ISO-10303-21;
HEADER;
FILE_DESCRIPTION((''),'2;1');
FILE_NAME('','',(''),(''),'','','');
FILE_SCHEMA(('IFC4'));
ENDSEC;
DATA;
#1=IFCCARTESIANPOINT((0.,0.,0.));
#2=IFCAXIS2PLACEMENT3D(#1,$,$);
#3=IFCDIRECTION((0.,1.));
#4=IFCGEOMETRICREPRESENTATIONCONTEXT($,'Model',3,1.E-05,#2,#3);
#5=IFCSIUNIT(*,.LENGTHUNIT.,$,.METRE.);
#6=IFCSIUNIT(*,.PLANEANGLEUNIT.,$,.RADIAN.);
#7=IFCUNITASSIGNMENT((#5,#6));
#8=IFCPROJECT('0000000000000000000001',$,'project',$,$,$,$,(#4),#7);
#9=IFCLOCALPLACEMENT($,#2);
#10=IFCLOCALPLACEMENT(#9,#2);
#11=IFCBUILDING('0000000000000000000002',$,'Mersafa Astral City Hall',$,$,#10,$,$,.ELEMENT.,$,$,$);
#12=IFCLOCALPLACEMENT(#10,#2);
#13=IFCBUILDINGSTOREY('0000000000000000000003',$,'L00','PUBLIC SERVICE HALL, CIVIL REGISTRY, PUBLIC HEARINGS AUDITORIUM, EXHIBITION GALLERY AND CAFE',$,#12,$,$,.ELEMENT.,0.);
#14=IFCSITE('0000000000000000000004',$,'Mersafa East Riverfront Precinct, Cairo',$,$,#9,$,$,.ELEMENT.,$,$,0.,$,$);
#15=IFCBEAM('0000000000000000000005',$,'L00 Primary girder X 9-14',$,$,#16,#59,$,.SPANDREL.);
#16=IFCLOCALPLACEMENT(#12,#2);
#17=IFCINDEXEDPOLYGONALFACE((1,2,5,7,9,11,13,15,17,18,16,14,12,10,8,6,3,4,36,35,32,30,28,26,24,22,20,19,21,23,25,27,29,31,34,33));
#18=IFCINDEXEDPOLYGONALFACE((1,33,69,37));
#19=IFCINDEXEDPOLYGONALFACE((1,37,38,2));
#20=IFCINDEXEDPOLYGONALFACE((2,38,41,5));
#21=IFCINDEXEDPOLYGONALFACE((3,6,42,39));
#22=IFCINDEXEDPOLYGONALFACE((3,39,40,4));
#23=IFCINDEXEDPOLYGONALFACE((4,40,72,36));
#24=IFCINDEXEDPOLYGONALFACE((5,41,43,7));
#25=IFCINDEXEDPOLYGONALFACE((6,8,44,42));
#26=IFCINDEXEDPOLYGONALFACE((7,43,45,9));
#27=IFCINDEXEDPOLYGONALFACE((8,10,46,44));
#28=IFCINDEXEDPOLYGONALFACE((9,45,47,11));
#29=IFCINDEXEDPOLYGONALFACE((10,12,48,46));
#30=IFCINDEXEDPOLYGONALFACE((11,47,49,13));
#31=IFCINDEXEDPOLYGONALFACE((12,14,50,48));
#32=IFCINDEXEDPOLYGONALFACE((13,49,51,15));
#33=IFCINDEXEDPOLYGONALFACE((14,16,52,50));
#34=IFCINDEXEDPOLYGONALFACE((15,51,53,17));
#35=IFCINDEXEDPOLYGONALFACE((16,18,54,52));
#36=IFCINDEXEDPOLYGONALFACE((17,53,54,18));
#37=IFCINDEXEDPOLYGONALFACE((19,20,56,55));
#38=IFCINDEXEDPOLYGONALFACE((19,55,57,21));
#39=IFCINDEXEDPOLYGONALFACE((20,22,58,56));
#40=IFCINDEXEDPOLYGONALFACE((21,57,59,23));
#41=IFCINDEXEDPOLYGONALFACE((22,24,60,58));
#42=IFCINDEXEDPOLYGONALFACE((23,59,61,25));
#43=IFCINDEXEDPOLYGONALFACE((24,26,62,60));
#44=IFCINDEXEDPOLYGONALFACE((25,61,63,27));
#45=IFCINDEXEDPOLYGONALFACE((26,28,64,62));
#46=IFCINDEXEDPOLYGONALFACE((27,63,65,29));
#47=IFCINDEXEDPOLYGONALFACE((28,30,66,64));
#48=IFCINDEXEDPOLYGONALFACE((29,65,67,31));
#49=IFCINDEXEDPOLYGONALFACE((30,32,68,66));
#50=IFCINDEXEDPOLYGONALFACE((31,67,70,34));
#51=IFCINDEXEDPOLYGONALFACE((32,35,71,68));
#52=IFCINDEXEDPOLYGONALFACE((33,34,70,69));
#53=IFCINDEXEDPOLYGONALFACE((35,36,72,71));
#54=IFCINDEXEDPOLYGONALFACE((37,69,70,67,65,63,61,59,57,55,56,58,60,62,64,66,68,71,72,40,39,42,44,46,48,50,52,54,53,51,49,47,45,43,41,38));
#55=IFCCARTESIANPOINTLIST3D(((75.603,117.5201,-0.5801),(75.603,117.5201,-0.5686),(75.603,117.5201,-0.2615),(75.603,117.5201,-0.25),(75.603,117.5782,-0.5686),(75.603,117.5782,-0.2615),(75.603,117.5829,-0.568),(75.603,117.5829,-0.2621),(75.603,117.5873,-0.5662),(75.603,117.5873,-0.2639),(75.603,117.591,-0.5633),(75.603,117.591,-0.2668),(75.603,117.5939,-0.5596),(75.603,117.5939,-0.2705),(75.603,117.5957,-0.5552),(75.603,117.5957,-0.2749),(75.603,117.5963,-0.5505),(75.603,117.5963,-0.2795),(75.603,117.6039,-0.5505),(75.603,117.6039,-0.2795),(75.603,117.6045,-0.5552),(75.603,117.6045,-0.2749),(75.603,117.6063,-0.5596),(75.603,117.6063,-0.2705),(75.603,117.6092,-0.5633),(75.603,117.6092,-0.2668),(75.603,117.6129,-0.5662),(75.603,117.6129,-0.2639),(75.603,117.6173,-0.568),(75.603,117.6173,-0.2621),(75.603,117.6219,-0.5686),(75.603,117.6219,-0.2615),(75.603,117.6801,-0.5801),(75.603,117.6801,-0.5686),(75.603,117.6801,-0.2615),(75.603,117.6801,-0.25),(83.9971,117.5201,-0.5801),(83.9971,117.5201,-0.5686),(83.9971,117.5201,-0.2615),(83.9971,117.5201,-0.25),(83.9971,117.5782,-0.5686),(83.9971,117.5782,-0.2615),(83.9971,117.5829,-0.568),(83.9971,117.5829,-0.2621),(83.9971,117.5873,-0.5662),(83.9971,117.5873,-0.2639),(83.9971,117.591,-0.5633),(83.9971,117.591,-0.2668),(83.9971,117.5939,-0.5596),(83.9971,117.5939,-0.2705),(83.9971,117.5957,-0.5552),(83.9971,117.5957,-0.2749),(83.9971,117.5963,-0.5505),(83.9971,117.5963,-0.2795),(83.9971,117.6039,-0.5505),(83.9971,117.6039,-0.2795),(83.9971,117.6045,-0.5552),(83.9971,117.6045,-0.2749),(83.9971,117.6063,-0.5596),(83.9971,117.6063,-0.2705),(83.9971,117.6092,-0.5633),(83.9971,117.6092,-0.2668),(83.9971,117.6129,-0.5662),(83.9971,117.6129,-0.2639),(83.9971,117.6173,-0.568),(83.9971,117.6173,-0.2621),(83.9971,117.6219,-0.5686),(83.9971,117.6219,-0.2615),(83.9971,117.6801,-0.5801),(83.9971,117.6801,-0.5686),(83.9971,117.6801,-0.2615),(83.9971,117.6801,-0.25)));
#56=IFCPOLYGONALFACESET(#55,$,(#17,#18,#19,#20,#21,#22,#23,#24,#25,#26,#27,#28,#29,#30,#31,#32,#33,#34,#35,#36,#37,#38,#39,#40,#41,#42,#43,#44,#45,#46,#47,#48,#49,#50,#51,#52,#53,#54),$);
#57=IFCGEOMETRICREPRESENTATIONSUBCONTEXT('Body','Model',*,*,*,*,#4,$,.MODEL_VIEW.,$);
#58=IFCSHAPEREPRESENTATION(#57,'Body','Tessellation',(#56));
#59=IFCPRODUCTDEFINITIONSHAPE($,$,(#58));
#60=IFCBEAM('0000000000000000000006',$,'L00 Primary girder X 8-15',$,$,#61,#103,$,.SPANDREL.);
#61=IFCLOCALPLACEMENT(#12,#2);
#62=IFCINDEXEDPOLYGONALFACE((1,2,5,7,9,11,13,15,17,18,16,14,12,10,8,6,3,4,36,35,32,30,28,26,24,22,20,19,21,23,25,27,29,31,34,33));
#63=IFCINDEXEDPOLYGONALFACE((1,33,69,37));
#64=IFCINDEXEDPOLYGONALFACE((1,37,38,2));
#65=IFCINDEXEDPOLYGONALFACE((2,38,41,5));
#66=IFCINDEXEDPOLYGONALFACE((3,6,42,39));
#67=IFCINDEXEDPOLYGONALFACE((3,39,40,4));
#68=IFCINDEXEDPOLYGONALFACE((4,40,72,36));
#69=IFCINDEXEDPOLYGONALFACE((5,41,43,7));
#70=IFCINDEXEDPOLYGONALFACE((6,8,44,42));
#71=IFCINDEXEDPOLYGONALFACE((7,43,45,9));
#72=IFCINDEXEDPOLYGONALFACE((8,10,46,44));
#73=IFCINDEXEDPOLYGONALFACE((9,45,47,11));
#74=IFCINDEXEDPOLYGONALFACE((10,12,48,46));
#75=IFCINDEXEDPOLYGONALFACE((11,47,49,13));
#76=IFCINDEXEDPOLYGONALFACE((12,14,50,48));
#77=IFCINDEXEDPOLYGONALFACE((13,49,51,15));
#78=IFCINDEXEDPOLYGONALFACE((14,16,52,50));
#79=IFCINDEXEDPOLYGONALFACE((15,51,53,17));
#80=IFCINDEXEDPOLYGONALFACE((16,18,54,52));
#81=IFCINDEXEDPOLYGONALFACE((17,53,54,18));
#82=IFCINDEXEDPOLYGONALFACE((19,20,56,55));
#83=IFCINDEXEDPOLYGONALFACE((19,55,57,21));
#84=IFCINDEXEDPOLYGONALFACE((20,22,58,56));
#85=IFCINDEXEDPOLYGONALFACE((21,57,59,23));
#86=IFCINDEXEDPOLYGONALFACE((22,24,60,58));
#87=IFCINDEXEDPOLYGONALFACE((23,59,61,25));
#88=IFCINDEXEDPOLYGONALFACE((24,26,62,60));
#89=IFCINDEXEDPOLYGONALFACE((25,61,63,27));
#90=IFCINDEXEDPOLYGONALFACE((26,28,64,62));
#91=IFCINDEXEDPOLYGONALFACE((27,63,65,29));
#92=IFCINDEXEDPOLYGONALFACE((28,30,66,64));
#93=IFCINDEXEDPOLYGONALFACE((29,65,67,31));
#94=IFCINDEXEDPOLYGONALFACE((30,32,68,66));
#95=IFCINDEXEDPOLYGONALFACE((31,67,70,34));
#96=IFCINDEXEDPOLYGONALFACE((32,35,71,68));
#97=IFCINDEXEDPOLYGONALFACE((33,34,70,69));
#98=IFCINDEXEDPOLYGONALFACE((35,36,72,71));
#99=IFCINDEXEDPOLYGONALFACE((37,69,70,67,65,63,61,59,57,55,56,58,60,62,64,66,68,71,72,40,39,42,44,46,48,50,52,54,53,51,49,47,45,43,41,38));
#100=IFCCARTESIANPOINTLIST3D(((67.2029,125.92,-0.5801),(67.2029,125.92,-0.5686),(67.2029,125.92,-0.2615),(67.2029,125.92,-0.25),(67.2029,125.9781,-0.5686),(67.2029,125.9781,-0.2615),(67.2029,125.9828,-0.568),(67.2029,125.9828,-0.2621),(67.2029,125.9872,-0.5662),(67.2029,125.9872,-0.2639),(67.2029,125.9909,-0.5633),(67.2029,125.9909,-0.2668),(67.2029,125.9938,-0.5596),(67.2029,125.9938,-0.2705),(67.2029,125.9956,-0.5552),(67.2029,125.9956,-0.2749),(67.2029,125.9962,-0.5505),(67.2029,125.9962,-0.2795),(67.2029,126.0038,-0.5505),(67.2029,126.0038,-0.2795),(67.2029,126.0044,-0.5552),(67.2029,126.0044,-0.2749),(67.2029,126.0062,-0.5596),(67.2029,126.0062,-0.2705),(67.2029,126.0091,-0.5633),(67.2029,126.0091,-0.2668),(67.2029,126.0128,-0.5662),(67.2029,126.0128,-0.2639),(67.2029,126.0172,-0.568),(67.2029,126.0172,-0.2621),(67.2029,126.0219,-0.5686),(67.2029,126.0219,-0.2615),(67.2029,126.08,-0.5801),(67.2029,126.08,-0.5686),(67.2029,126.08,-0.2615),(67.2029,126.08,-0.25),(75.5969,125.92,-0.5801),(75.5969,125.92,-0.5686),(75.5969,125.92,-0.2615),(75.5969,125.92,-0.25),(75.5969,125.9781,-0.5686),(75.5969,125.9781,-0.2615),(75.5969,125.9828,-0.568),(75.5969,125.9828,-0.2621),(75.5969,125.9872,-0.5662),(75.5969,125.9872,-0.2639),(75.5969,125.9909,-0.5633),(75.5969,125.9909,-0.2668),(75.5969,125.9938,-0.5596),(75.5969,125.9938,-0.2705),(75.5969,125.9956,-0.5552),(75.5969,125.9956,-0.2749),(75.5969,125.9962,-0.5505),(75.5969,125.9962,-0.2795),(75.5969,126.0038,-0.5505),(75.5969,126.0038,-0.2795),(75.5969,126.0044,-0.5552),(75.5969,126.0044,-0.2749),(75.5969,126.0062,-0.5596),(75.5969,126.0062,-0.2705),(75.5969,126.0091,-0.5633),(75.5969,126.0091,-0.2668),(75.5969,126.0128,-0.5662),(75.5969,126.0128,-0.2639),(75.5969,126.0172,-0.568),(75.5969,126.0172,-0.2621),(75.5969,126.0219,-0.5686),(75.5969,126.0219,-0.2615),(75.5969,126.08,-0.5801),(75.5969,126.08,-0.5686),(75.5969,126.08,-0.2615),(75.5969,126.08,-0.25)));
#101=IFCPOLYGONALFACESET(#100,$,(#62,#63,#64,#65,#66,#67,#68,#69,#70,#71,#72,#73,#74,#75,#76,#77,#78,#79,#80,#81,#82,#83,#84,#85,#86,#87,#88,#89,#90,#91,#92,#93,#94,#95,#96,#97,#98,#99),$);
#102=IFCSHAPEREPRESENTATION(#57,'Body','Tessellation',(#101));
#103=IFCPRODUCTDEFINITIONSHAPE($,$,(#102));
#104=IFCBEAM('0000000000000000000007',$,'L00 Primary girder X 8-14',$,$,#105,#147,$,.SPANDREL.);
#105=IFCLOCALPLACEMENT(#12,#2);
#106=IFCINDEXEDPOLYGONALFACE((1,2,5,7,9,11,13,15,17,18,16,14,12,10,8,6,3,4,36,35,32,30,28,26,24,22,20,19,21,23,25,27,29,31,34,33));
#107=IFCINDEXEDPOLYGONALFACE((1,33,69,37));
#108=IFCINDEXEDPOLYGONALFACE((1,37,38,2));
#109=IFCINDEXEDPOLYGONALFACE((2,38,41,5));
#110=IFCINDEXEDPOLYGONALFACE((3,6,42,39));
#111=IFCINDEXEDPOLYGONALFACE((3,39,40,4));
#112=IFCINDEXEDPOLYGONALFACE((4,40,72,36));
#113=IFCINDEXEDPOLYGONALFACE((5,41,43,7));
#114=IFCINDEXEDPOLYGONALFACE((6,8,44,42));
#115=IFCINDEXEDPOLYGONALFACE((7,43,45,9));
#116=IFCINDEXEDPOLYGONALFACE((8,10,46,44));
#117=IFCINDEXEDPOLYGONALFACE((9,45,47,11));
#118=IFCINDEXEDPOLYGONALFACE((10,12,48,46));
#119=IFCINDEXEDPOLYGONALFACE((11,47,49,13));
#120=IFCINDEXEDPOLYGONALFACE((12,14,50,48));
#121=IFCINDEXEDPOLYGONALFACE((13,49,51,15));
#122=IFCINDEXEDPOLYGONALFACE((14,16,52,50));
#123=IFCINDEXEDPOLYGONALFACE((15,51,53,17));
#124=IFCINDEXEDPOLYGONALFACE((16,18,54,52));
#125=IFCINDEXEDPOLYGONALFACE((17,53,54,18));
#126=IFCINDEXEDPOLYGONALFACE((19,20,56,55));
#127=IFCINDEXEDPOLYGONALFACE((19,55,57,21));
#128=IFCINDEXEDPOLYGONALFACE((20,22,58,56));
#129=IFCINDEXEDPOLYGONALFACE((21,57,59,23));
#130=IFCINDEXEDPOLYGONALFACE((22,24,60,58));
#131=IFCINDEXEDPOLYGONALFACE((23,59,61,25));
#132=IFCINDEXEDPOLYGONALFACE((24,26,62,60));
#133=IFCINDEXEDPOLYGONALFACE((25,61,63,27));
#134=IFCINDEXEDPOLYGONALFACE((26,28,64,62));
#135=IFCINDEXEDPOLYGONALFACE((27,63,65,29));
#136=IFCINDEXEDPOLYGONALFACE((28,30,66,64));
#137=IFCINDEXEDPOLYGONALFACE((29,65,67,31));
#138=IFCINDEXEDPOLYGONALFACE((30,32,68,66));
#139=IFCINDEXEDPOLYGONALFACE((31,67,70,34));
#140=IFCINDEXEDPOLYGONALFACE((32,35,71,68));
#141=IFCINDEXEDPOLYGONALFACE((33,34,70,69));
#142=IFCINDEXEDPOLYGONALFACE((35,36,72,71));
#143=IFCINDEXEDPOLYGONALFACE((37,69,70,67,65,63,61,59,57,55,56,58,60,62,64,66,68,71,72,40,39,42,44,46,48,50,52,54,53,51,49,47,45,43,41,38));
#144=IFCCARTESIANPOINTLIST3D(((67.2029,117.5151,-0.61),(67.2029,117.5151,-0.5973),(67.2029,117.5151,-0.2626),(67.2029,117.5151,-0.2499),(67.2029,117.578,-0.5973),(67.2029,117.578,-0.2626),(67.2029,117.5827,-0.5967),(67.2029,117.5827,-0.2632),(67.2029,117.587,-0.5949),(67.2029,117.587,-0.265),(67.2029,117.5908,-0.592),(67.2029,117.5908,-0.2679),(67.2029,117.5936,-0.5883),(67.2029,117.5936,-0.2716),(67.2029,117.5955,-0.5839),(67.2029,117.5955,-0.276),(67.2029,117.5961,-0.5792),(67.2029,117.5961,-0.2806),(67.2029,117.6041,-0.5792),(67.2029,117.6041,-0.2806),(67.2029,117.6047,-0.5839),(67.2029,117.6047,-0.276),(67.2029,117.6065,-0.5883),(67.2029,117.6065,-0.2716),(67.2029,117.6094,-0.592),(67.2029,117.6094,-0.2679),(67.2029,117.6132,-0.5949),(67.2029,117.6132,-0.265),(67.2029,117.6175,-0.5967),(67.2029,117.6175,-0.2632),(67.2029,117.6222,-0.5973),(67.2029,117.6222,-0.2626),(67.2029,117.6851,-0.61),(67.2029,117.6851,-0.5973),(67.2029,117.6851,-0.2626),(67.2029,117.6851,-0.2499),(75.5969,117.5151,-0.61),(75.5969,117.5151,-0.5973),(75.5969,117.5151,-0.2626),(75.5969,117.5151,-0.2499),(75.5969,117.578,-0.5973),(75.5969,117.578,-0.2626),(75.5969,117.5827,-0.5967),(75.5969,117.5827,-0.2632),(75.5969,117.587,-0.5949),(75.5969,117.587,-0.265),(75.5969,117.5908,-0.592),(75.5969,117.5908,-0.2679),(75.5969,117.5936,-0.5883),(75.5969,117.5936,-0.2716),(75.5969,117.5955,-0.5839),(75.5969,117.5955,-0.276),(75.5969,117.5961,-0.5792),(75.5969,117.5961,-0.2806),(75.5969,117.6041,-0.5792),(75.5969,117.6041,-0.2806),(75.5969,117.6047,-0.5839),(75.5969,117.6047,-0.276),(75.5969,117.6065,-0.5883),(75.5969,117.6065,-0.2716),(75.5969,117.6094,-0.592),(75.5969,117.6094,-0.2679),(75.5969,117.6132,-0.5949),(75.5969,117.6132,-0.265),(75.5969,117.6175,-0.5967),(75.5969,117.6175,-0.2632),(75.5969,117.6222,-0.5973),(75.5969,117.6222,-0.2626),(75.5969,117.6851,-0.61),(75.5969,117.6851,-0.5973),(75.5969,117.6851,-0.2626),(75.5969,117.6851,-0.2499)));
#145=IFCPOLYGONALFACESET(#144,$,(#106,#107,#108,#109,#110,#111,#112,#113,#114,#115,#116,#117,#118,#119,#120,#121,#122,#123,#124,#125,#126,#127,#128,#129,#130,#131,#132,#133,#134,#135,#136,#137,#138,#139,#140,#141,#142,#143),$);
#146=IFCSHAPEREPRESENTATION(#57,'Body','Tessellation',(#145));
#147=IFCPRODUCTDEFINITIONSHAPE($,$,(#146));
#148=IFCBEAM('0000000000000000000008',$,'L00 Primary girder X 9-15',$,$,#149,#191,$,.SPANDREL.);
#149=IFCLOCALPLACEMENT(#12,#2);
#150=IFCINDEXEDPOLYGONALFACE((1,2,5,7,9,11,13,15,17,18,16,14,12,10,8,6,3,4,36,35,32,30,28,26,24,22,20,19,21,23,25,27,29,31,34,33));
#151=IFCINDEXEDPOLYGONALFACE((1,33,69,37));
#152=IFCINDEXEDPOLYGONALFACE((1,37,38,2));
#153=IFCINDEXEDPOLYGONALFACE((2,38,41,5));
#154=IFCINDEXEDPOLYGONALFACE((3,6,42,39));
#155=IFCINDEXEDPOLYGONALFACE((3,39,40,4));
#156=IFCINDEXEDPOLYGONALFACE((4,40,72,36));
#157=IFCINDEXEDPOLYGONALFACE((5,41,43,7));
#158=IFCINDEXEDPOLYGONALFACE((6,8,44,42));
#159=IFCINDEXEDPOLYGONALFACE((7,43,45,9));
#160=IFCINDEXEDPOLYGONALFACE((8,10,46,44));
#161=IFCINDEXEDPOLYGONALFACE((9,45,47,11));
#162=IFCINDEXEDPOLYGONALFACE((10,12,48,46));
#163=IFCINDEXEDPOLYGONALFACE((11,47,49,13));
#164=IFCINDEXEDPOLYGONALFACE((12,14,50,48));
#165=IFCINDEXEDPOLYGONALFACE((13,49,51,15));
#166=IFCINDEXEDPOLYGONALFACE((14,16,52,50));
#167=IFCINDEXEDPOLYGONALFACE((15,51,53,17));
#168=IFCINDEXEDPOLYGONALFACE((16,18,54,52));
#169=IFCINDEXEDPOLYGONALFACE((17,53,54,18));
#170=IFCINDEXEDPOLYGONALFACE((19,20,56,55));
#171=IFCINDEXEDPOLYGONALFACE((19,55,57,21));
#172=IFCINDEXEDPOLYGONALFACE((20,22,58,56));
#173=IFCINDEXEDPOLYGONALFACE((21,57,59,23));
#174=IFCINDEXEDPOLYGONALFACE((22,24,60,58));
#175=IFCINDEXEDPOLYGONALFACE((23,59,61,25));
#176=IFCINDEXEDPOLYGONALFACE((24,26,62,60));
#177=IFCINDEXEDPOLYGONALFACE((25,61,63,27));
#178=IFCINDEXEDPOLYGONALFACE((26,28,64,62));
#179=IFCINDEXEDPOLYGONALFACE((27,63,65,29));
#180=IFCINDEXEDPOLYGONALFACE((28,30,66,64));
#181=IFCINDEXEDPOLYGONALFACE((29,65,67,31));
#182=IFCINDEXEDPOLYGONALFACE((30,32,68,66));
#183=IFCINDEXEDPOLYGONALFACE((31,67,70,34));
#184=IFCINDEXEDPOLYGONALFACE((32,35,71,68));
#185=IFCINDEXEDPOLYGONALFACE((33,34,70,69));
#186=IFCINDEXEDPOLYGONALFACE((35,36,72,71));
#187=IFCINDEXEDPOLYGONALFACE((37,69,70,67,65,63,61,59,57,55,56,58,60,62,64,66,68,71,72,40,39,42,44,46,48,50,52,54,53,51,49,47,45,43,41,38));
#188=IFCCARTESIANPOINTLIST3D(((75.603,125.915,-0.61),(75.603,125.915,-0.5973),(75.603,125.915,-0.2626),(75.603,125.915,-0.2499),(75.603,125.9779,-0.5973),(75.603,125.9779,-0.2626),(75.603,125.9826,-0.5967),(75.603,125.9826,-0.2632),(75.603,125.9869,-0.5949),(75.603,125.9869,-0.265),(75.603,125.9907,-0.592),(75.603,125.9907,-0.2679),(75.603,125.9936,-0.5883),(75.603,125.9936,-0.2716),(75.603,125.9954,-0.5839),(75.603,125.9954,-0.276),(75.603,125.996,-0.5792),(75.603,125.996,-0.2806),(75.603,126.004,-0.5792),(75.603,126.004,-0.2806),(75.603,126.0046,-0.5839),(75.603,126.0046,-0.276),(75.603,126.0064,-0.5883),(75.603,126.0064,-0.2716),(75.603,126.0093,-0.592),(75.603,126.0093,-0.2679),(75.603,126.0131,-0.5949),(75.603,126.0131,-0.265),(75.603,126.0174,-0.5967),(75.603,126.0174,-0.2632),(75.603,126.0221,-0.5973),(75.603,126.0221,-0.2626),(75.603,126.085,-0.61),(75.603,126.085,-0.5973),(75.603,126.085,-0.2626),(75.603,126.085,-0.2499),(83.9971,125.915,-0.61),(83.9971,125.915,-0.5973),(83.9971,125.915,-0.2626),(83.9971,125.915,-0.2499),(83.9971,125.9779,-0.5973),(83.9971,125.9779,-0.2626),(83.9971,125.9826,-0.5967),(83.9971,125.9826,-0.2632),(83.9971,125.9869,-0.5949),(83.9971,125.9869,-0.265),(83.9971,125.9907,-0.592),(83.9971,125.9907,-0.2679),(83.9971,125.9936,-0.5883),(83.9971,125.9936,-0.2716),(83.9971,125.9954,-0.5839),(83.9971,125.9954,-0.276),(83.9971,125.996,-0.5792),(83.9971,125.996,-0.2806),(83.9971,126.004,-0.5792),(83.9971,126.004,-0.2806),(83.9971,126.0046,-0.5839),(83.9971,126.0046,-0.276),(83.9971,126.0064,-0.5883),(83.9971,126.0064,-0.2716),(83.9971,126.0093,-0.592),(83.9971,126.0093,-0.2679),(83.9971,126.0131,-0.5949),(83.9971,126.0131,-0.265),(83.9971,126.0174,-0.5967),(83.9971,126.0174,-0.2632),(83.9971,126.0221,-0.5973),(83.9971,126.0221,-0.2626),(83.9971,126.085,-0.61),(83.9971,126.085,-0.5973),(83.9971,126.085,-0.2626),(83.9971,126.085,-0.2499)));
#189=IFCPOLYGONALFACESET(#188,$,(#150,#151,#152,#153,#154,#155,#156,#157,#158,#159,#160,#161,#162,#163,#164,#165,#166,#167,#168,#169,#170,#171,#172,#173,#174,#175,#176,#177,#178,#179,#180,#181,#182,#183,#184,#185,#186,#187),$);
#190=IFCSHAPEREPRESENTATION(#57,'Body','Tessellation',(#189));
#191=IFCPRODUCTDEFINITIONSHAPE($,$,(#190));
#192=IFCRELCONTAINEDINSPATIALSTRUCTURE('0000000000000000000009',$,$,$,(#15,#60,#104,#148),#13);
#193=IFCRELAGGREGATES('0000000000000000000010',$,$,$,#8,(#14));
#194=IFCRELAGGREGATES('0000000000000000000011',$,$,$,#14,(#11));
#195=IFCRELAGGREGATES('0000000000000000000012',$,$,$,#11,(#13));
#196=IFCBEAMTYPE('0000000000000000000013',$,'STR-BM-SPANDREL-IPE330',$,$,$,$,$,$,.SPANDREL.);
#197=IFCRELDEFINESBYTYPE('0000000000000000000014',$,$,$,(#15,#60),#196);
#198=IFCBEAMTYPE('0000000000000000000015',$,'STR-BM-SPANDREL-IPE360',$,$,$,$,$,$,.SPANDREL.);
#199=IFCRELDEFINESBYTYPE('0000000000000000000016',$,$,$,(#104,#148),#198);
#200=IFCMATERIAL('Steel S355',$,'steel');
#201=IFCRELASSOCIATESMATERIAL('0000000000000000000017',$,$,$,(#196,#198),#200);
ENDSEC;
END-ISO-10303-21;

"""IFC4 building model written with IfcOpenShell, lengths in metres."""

from ifc_helpers import new_model, si_unit, direction, frame, origin, origin_2d, place, context, subcontext, project, spatial, i_section, extrude, material, material_profile, profile_set, type_object, element, save


model = new_model("IFC4")

# Units and contexts
model_context = context("Model", 3, precision=1e-05, world=origin(), true_north=direction((0.0, 1.0)))
body_context = subcontext(model_context, "Body", "Model", "MODEL_VIEW")
ifc_project = project(units=[si_unit("LENGTHUNIT", "METRE"), si_unit("PLANEANGLEUNIT", "RADIAN")], contexts=[model_context])

# Site, building, storey
site_placement = place(None, origin())
site = spatial("IfcSite", under=ifc_project, at=site_placement, Name="Mersafa East Riverfront Precinct, Cairo", CompositionType="ELEMENT", RefElevation=0.0)
building_placement = place(site_placement, origin())
building = spatial("IfcBuilding", under=site, at=building_placement, Name="Mersafa Astral City Hall", CompositionType="ELEMENT")
storey_placement = place(building_placement, origin())
storey = spatial("IfcBuildingStorey", under=building, at=storey_placement, Name="L00", Description="PUBLIC SERVICE HALL, CIVIL REGISTRY, PUBLIC HEARINGS AUDITORIUM, EXHIBITION GALLERY AND CAFE", CompositionType="ELEMENT", Elevation=0.0)

# Shared definitions
ifc_material_1 = material(Name="Steel S355", Category="steel")

# Beams
ifc_material_profile_1 = material_profile(ifc_material_1, i_section(OverallWidth=0.1599, OverallDepth=0.3301, WebThickness=0.0076, FlangeThickness=0.0115, FilletRadius=0.0181, at=origin_2d()), Name="IPE 330")
ifc_profile_set_1 = profile_set([ifc_material_profile_1], Name="Steel S355")
beam_type_1 = type_object("IfcBeamType", Name="STR-BM-SPANDREL-IPE330", PredefinedType="SPANDREL", material=ifc_profile_set_1)
for number, where, z_axis, x_axis, name in (
    (1, (75.603, 117.6001, -0.415), (1.0, 0.0, 0.0), (0.0, 1.0, 0.0), "L00 Primary girder X 9-14"),
    (2, (67.2029, 126.0, -0.415), (1.0, 0.0, 0.0), (0.0, 1.0, 0.0), "L00 Primary girder X 8-15"),
):
    element("IfcBeam", number, at=place(storey_placement, frame(where, z_axis=z_axis, x_axis=x_axis)), inside=storey, type_object=beam_type_1, Name=name, PredefinedType="SPANDREL", context=body_context, shape_type="SweptSolid", body=[
        extrude(i_section(OverallWidth=0.1599, OverallDepth=0.3301, WebThickness=0.0076, FlangeThickness=0.0115, FilletRadius=0.0181, at=origin_2d()), origin(), (0.0, 0.0, 1.0), 8.394),
    ])
ifc_material_profile_2 = material_profile(ifc_material_1, i_section(OverallWidth=0.1699, OverallDepth=0.3601, WebThickness=0.0081, FlangeThickness=0.0127, FilletRadius=0.0181, at=origin_2d()), Name="IPE 360")
ifc_profile_set_2 = profile_set([ifc_material_profile_2], Name="Steel S355")
beam_type_2 = type_object("IfcBeamType", Name="STR-BM-SPANDREL-IPE360", PredefinedType="SPANDREL", material=ifc_profile_set_2)
for number, where, z_axis, x_axis, name in (
    (3, (67.2029, 117.6001, -0.4299), (1.0, 0.0, 0.0), (0.0, 1.0, 0.0), "L00 Primary girder X 8-14"),
    (4, (75.603, 126.0, -0.4299), (1.0, 0.0, 0.0), (0.0, 1.0, 0.0), "L00 Primary girder X 9-15"),
):
    element("IfcBeam", number, at=place(storey_placement, frame(where, z_axis=z_axis, x_axis=x_axis)), inside=storey, type_object=beam_type_2, Name=name, PredefinedType="SPANDREL", context=body_context, shape_type="SweptSolid", body=[
        extrude(i_section(OverallWidth=0.1699, OverallDepth=0.3601, WebThickness=0.0081, FlangeThickness=0.0127, FilletRadius=0.0181, at=origin_2d()), origin(), (0.0, 0.0, 1.0), 8.394),
    ])

save(model, "model.ifc")
